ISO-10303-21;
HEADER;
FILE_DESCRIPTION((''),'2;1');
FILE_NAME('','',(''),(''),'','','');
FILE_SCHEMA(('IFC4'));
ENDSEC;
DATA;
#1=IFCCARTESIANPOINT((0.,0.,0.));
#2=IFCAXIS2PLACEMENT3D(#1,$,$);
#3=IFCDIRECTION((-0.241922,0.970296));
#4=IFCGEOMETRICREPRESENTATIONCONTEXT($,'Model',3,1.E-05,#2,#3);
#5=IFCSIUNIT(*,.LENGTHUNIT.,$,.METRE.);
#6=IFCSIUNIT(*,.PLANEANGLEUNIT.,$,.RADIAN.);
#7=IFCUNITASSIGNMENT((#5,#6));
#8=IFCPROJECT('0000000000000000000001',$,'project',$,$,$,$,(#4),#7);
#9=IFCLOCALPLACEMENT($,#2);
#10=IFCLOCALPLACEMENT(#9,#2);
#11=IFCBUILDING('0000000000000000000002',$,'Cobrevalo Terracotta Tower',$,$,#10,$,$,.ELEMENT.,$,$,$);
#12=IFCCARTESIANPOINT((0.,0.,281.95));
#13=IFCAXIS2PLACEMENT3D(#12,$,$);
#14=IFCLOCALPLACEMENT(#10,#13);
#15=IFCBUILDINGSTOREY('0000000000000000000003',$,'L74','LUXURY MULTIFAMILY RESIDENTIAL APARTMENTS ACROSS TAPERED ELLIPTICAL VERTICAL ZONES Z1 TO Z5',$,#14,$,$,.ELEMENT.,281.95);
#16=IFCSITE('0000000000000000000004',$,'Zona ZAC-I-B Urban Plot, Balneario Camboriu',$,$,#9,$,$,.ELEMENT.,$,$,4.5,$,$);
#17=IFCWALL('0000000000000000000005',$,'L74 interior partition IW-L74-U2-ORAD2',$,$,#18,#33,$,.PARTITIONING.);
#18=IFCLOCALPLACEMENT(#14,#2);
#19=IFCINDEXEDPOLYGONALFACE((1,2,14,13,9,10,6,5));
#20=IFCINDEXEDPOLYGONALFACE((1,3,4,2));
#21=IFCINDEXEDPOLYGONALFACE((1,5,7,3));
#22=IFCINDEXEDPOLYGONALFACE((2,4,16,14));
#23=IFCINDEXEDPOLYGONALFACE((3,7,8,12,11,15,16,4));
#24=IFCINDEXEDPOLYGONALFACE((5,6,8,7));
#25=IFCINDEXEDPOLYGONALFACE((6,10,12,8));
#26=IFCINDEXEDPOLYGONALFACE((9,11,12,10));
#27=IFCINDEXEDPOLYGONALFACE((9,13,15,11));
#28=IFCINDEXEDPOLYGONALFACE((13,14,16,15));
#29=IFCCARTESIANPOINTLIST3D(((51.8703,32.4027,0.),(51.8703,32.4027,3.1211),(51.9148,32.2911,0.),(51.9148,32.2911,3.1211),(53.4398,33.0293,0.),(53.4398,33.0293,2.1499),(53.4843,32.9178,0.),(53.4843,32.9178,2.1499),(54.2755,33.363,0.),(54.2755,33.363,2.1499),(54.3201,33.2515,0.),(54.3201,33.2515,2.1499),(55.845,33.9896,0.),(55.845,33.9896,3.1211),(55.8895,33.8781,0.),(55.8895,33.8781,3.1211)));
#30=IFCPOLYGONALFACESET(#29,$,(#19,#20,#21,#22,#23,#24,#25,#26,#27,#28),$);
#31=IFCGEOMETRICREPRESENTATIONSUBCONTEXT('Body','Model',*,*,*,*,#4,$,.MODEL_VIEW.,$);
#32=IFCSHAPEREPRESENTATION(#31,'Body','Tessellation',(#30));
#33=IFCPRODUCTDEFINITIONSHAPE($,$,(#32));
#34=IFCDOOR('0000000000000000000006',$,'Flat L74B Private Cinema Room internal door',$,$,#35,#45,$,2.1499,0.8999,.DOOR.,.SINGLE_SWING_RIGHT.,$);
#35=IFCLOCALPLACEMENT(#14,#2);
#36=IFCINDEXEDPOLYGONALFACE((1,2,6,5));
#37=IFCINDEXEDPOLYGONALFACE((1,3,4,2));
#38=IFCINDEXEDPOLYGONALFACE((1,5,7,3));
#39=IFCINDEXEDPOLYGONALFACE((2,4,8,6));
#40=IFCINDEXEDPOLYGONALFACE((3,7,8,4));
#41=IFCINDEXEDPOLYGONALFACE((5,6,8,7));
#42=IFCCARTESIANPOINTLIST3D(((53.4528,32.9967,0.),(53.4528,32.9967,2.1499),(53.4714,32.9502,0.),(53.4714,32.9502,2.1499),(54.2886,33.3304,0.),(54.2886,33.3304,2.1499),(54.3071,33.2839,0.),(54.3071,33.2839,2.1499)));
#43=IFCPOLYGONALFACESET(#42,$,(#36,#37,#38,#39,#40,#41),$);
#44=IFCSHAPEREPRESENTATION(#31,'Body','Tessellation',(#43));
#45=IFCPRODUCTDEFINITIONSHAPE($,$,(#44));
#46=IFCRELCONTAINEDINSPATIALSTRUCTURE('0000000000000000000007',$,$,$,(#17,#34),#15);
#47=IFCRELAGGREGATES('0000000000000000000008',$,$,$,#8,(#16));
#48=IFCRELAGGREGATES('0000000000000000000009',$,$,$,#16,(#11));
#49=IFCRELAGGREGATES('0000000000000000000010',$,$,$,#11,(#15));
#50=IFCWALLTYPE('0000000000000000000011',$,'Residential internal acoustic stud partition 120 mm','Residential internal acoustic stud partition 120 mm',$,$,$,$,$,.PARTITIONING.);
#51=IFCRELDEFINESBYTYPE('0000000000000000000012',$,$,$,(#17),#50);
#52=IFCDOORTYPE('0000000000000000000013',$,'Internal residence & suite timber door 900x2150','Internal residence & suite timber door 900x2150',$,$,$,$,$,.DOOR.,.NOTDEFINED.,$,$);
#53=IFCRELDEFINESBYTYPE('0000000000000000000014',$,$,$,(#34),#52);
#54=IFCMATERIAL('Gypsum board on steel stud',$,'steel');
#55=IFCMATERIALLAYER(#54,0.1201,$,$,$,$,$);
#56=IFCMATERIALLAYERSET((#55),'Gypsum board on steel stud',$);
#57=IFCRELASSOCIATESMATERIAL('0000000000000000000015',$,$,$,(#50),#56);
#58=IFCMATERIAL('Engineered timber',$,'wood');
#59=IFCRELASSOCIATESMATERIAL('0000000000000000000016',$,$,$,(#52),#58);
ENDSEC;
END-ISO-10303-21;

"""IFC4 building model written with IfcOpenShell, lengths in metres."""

from ifc_helpers import new_model, si_unit, direction, frame, frame_2d, origin, place, context, subcontext, project, spatial, rectangle, extrude, source, transform, mapped, material, layer, layer_set, type_object, element, fill, save


model = new_model("IFC4")

# Units and contexts
model_context = context("Model", 3, precision=1e-05, world=origin(), true_north=direction((-0.241922, 0.970296)))
body_context = subcontext(model_context, "Body", "Model", "MODEL_VIEW")
ifc_project = project(units=[si_unit("LENGTHUNIT", "METRE"), si_unit("PLANEANGLEUNIT", "RADIAN")], contexts=[model_context])

# Site, building, storey
site_placement = place(None, origin())
site = spatial("IfcSite", under=ifc_project, at=site_placement, Name="Zona ZAC-I-B Urban Plot, Balneario Camboriu", CompositionType="ELEMENT", RefElevation=4.5)
building_placement = place(site_placement, origin())
building = spatial("IfcBuilding", under=site, at=building_placement, Name="Cobrevalo Terracotta Tower", CompositionType="ELEMENT")
storey_placement = place(building_placement, frame((0.0, 0.0, 281.95)))
storey = spatial("IfcBuildingStorey", under=building, at=storey_placement, Name="L74", Description="LUXURY MULTIFAMILY RESIDENTIAL APARTMENTS ACROSS TAPERED ELLIPTICAL VERTICAL ZONES Z1 TO Z5", CompositionType="ELEMENT", Elevation=281.95)

# Shared definitions
ifc_material_1 = material(Name="Gypsum board on steel stud", Category="steel")
ifc_layer_1 = layer(ifc_material_1, 0.1201)
ifc_layer_set_1 = layer_set([ifc_layer_1], Name="Gypsum board on steel stud")
wall_type = type_object("IfcWallType", Name="Residential internal acoustic stud partition 120 mm", Description="Residential internal acoustic stud partition 120 mm", PredefinedType="PARTITIONING", material=ifc_layer_set_1)

# Wall, opening, door
wall_1_placement = place(storey_placement, frame((51.8926, 32.3469, 0.0), z_axis=(0.0, 0.0, 1.0), x_axis=(0.928713, 0.3708, 0.0)))
wall_1 = element("IfcWall", 1, at=wall_1_placement, inside=storey, type_object=wall_type, Name="L74 interior partition IW-L74-U2-ORAD2", PredefinedType="PARTITIONING", context=body_context, shape_type="SweptSolid", body=[
    extrude(rectangle(XDim=4.2798, YDim=0.1201, at=frame_2d((2.1399, 0.0))), origin(), (0.0, 0.0, 1.0), 3.1211),
])
opening_1_placement = place(wall_1_placement, frame((1.6899, 0.0, 0.0)))
opening_1 = element("IfcOpeningElement", 2, at=opening_1_placement, cuts=wall_1, PredefinedType="OPENING", context=body_context, shape_type="SweptSolid", body=[
    extrude(rectangle(XDim=0.8999, YDim=2.1499, at=frame_2d((0.45, 1.075))), frame((0.0, 0.0701, 0.0), z_axis=(0.0, -1.0, 0.0), x_axis=(1.0, 0.0, 0.0)), (0.0, 0.0, 1.0), 0.1401),
])
ifc_material_2 = material(Name="Engineered timber", Category="wood")
door_type = type_object("IfcDoorType", Name="Internal residence & suite timber door 900x2150", Description="Internal residence & suite timber door 900x2150", OperationType="NOTDEFINED", PredefinedType="DOOR", material=ifc_material_2)
shared_shape_1 = source(origin(), body_context, "Body", "SweptSolid", [
    extrude(rectangle(XDim=0.8999, YDim=2.1499, at=frame_2d((0.45, 1.075))), frame((0.0, 0.0249, 0.0), z_axis=(0.0, -1.0, 0.0), x_axis=(1.0, 0.0, 0.0)), (0.0, 0.0, 1.0), 0.05),
])
door_1_placement = place(opening_1_placement, origin())
door_1 = element("IfcDoor", 3, at=door_1_placement, inside=storey, type_object=door_type, Name="Flat L74B Private Cinema Room internal door", OperationType="SINGLE_SWING_RIGHT", OverallHeight=2.1499, OverallWidth=0.8999, PredefinedType="DOOR", context=body_context, shape_type="MappedRepresentation", body=[
    mapped(shared_shape_1, transform((0.0, 0.0, 0.0), scale=1.0)),
])
fill(opening_1, door_1)

save(model, "model.ifc")
